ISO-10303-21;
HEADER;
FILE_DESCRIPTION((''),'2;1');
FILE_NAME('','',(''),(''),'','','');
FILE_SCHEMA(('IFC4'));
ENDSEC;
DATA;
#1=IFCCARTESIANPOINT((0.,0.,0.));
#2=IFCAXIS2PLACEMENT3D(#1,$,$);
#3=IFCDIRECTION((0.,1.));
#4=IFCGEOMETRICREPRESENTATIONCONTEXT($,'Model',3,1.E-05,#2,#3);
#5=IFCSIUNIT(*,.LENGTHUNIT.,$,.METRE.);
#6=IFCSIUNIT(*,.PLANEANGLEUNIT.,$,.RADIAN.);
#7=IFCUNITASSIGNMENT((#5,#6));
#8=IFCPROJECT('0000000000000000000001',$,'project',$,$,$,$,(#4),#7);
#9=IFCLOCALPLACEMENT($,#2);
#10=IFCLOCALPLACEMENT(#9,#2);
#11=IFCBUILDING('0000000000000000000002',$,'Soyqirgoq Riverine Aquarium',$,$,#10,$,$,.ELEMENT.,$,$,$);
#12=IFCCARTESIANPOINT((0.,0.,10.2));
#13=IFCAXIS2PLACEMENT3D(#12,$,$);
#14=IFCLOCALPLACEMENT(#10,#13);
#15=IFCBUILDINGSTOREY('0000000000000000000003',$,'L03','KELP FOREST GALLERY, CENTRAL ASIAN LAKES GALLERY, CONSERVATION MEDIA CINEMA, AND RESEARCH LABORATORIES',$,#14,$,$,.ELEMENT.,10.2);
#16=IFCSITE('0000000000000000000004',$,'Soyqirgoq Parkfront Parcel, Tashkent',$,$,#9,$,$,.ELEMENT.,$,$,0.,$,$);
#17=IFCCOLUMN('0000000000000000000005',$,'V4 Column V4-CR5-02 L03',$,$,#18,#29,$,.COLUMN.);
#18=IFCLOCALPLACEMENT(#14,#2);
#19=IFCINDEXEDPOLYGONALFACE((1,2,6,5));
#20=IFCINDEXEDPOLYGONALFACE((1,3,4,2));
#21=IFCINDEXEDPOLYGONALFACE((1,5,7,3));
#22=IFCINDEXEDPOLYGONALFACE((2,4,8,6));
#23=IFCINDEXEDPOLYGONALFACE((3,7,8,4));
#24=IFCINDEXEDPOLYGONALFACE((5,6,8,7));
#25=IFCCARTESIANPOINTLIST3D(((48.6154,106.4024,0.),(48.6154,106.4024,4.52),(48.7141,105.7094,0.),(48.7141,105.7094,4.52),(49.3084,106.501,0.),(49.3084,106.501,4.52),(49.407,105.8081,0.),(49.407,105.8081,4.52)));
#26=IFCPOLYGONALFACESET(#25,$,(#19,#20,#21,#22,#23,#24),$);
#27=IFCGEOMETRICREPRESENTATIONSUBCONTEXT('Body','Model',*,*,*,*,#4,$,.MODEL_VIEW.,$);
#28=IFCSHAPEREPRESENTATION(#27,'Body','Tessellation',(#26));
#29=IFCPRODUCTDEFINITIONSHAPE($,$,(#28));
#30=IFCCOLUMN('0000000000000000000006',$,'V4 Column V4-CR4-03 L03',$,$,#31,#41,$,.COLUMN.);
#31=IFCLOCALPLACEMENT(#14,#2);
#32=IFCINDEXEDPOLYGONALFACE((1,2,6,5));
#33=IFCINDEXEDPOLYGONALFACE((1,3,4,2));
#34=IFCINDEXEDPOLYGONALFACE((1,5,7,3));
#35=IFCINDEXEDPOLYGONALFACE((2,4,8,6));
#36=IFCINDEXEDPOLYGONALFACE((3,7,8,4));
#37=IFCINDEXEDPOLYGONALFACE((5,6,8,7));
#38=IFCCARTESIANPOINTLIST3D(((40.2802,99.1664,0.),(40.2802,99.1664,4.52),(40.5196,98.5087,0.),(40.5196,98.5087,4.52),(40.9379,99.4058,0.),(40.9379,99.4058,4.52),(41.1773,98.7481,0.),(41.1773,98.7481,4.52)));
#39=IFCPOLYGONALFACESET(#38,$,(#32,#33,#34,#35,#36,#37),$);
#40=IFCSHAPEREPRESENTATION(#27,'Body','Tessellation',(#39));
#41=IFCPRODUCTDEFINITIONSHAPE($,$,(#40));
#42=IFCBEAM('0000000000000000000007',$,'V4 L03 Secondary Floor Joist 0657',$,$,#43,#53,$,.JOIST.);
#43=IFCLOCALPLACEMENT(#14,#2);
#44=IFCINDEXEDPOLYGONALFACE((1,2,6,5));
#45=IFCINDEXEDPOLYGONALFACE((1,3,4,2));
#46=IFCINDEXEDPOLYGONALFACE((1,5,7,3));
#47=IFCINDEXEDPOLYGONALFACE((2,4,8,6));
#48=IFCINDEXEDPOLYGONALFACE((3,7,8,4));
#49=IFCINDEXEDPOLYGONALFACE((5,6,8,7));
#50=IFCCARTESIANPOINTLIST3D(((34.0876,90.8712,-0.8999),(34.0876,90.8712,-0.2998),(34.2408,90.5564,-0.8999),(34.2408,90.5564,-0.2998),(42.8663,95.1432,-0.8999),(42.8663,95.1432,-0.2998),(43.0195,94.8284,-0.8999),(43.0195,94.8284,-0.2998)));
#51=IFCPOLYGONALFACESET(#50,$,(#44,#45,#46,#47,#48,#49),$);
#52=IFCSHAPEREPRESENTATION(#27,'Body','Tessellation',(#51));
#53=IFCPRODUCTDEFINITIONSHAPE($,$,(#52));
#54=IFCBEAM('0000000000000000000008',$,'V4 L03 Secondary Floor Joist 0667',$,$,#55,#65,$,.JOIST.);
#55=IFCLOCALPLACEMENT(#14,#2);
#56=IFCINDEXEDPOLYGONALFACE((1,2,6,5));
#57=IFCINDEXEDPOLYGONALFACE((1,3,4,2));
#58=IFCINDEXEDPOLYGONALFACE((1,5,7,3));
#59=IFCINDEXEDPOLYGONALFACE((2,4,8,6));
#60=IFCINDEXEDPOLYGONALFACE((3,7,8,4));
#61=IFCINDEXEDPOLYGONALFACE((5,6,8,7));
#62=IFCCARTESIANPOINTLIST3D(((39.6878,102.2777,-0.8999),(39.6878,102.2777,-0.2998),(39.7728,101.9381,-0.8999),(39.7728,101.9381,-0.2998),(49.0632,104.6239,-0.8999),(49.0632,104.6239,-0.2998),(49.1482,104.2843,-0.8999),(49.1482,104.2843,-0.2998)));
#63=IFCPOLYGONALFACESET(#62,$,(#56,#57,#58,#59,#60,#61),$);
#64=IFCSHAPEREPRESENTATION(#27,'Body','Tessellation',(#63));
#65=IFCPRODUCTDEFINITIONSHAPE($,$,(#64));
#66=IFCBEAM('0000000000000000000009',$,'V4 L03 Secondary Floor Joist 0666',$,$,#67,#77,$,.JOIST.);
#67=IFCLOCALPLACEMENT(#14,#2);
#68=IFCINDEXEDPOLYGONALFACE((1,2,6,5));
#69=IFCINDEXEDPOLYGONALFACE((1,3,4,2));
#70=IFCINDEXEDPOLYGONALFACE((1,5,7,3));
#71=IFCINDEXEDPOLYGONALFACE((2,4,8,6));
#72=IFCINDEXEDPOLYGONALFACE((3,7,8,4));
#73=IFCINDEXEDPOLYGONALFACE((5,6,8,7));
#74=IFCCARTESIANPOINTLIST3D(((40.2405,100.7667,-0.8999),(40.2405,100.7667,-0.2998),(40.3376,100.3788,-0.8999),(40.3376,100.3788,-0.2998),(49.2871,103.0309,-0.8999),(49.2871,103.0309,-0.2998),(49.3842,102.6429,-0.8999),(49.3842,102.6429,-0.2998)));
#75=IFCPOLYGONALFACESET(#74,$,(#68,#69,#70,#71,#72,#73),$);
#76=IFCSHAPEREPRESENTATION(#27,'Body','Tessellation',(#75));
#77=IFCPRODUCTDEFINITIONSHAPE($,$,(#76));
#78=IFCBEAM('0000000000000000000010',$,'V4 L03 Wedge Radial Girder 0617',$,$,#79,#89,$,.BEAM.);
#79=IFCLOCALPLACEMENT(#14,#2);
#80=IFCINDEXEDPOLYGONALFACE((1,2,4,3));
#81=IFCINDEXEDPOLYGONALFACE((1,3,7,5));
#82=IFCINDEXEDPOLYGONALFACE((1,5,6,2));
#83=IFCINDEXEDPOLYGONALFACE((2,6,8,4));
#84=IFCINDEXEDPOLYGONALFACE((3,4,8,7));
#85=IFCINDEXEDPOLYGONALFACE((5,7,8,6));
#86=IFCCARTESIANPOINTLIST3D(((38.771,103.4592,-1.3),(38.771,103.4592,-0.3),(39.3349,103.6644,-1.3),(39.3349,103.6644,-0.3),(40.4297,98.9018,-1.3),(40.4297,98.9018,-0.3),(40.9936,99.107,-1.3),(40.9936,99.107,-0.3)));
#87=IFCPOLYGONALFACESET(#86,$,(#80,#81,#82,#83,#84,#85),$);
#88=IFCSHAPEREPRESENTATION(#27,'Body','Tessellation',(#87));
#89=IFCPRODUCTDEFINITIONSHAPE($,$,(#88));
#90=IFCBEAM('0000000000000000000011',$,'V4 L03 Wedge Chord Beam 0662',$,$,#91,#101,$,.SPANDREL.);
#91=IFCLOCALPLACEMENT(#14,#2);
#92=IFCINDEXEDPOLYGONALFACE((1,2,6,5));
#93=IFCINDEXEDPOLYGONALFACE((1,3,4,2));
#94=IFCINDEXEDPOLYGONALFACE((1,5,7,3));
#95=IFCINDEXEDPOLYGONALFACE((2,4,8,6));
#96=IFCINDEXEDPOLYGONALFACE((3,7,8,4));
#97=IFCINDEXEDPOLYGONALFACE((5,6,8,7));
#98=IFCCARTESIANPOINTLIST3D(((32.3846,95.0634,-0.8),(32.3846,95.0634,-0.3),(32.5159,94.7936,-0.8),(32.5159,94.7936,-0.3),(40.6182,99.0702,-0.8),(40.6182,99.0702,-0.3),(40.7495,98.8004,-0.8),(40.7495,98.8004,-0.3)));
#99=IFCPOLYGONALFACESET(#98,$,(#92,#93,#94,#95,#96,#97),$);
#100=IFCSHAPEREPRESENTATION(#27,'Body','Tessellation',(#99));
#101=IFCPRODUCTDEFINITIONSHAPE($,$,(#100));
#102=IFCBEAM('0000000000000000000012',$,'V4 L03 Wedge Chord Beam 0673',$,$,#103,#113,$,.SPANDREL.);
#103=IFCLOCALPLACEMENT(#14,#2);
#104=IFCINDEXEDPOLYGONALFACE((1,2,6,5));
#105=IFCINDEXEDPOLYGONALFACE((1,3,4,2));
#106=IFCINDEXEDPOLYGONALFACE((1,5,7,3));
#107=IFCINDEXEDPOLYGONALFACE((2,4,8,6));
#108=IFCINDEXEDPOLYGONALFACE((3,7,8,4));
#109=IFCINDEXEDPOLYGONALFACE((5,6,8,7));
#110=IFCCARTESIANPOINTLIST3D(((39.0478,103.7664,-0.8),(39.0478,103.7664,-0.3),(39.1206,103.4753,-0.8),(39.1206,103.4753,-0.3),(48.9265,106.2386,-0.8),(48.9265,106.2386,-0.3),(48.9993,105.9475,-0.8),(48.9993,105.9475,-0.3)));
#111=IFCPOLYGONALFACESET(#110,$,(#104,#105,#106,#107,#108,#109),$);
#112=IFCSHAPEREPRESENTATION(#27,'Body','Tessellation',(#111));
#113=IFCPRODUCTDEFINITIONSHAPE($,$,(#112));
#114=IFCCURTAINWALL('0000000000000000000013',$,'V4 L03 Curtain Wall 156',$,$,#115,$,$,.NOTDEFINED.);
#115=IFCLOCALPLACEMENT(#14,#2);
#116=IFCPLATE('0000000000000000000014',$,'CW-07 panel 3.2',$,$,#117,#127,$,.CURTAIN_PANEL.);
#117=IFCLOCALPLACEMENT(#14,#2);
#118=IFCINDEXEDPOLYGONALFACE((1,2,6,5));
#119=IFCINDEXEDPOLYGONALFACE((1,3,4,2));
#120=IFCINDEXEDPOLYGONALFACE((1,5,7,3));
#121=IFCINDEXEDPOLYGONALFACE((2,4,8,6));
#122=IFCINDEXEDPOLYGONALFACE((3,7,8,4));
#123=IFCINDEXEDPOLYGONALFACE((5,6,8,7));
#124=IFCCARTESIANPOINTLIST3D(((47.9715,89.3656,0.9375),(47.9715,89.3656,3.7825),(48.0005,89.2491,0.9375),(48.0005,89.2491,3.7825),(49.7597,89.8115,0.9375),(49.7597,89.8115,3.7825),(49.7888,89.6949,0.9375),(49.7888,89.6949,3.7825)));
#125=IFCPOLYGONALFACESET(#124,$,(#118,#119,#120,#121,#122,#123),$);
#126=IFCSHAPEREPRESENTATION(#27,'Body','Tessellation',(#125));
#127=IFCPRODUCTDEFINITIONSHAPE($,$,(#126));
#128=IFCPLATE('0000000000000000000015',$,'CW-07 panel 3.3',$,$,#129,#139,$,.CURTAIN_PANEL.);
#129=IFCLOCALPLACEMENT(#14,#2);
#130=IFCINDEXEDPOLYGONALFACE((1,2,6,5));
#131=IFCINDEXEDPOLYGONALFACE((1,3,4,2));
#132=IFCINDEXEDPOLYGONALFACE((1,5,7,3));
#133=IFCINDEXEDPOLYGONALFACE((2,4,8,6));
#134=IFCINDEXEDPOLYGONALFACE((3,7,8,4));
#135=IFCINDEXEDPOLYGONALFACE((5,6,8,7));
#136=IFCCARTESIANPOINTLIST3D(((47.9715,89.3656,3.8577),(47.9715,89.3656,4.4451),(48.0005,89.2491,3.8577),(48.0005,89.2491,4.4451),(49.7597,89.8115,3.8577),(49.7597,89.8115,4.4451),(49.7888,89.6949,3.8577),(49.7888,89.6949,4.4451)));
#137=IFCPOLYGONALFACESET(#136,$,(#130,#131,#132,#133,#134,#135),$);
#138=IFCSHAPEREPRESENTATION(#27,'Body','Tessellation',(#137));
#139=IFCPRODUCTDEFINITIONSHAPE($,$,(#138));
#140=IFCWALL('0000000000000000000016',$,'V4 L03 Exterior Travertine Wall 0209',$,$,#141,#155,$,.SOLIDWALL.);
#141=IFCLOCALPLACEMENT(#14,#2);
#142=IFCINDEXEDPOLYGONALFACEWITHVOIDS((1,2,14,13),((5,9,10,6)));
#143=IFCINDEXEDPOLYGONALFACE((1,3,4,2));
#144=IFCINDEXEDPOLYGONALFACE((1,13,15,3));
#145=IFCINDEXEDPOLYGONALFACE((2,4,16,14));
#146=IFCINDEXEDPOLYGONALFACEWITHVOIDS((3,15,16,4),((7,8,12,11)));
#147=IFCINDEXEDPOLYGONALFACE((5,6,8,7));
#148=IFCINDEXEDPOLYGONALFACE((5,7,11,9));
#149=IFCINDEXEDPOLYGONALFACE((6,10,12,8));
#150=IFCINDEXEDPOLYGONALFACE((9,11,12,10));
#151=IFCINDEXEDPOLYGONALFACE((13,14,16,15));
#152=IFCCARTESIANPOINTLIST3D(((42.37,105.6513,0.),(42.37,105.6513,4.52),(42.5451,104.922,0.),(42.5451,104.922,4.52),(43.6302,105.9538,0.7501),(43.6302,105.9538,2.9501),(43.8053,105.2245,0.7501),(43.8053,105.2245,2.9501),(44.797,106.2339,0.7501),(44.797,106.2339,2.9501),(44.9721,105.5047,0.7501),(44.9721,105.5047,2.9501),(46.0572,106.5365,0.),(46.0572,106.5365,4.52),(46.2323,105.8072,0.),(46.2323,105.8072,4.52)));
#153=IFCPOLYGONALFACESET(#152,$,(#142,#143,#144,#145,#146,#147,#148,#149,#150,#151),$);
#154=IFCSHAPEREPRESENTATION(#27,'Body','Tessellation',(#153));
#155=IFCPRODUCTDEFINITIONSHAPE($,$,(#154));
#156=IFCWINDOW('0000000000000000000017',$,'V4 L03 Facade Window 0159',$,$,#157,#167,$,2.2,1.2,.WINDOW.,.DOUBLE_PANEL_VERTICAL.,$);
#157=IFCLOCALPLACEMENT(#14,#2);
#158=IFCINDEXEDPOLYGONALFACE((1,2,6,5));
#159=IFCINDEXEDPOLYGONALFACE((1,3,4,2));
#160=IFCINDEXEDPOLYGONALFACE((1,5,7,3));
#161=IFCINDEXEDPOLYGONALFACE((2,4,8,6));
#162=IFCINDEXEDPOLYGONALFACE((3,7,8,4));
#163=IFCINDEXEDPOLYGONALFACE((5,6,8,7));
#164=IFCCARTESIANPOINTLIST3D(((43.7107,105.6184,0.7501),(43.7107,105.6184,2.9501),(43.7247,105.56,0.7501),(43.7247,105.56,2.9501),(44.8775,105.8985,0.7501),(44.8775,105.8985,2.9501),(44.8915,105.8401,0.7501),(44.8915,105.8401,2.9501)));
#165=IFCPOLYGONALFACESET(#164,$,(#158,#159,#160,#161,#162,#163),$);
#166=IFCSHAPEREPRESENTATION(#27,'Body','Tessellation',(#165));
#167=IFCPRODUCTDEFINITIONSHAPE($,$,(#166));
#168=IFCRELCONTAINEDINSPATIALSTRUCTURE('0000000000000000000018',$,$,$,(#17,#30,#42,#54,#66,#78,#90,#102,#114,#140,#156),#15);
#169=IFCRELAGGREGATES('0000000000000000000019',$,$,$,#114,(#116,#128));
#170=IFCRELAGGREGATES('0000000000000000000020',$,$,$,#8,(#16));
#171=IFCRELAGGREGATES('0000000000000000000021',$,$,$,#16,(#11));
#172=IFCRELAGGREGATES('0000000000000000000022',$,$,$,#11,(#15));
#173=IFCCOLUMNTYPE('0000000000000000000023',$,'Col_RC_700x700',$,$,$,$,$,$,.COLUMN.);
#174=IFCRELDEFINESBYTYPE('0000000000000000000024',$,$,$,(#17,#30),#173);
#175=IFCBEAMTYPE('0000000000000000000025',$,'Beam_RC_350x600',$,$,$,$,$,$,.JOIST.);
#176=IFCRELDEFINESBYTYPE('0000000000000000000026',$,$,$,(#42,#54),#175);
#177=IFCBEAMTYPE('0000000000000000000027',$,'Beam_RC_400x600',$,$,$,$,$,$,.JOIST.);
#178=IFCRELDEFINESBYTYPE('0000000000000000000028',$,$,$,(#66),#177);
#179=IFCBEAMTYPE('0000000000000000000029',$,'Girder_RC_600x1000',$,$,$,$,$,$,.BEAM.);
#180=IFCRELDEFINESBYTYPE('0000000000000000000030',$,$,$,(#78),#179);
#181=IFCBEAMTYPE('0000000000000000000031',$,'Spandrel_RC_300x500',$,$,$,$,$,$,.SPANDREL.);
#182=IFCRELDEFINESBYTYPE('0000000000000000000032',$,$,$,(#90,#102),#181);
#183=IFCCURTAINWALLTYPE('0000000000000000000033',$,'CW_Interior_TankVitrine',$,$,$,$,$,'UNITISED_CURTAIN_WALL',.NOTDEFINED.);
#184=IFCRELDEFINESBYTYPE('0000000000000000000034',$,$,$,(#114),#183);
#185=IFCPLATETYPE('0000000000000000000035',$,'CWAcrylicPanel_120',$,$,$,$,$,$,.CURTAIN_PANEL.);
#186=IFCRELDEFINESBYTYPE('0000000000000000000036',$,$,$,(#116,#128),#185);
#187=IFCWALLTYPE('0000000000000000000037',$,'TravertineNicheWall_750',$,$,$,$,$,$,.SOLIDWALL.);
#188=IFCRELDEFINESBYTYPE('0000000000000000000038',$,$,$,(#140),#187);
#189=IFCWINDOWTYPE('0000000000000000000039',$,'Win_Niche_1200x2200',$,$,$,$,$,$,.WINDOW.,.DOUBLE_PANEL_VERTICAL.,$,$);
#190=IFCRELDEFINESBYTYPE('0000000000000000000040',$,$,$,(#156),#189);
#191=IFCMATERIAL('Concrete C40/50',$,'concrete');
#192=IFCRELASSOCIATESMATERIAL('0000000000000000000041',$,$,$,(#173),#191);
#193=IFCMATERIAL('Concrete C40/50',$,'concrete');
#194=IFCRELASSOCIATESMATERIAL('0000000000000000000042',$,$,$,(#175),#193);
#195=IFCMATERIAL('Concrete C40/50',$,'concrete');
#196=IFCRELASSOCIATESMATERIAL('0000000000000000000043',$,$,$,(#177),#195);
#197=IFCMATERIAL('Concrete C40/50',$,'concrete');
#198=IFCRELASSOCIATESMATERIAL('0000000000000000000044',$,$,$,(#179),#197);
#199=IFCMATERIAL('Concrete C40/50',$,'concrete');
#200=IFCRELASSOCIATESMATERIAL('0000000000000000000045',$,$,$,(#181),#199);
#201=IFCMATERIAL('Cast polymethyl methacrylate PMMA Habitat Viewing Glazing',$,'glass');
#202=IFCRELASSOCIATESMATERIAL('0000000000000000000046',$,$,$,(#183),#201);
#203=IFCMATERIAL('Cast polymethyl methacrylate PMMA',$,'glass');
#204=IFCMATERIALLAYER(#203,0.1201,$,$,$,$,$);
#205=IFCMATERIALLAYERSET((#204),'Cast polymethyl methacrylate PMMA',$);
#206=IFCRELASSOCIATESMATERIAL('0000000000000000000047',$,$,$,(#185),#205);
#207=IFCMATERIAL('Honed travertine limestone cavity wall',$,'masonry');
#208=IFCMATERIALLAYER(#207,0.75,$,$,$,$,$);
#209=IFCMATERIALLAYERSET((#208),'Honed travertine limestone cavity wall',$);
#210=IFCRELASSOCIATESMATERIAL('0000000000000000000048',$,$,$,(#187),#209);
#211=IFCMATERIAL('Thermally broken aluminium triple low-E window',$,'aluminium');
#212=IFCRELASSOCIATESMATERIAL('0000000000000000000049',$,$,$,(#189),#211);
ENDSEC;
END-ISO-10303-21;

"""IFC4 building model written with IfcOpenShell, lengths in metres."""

from ifc_helpers import new_model, si_unit, direction, frame, frame_2d, origin, origin_2d, place, context, subcontext, project, spatial, rectangle, extrude, material, layer, layer_set, material_profile, profile_set, type_object, element, fill, aggregate, save


model = new_model("IFC4")

# Units and contexts
model_context = context("Model", 3, precision=1e-05, world=origin(), true_north=direction((0.0, 1.0)))
body_context = subcontext(model_context, "Body", "Model", "MODEL_VIEW")
ifc_project = project(units=[si_unit("LENGTHUNIT", "METRE"), si_unit("PLANEANGLEUNIT", "RADIAN")], contexts=[model_context])

# Site, building, storey
site_placement = place(None, origin())
site = spatial("IfcSite", under=ifc_project, at=site_placement, Name="Soyqirgoq Parkfront Parcel, Tashkent", CompositionType="ELEMENT", RefElevation=0.0)
building_placement = place(site_placement, origin())
building = spatial("IfcBuilding", under=site, at=building_placement, Name="Soyqirgoq Riverine Aquarium", CompositionType="ELEMENT")
storey_placement = place(building_placement, frame((0.0, 0.0, 10.2)))
storey = spatial("IfcBuildingStorey", under=building, at=storey_placement, Name="L03", Description="KELP FOREST GALLERY, CENTRAL ASIAN LAKES GALLERY, CONSERVATION MEDIA CINEMA, AND RESEARCH LABORATORIES", CompositionType="ELEMENT", Elevation=10.2)

# Columns
ifc_material_1 = material(Name="Concrete C40/50", Category="concrete")
ifc_material_profile_1 = material_profile(ifc_material_1, rectangle(XDim=0.7, YDim=0.7, at=origin_2d()), Name="RC 700x700")
ifc_profile_set_1 = profile_set([ifc_material_profile_1], Name="Concrete C40/50")
column_type = type_object("IfcColumnType", Name="Col_RC_700x700", PredefinedType="COLUMN", material=ifc_profile_set_1)
for number, where, z_axis, x_axis, name in (
    (1, (49.0112, 106.1052, 0.0), (0.0, 0.0, 1.0), (-0.140901, 0.990024, 0.0), "V4 Column V4-CR5-02 L03"),
    (2, (40.7288, 98.9573, 0.0), (0.0, 0.0, 1.0), (-0.34202, 0.939693, 0.0), "V4 Column V4-CR4-03 L03"),
):
    element("IfcColumn", number, at=place(storey_placement, frame(where, z_axis=z_axis, x_axis=x_axis)), inside=storey, type_object=column_type, Name=name, PredefinedType="COLUMN", context=body_context, shape_type="SweptSolid", body=[
        extrude(rectangle(XDim=0.7, YDim=0.7, at=origin_2d()), origin(), (0.0, 0.0, 1.0), 4.52),
    ])

# Beams
ifc_material_2 = material(Name="Concrete C40/50", Category="concrete")
ifc_material_profile_2 = material_profile(ifc_material_2, rectangle(XDim=0.3501, YDim=0.6001, at=origin_2d()), Name="RC 350x600")
ifc_profile_set_2 = profile_set([ifc_material_profile_2], Name="Concrete C40/50")
beam_type_1 = type_object("IfcBeamType", Name="Beam_RC_350x600", PredefinedType="JOIST", material=ifc_profile_set_2)
beam_1_placement = place(storey_placement, frame((42.9429, 94.9858, -0.5999), z_axis=(-0.899182, -0.437575, 0.0), x_axis=(0.437575, -0.899182, 0.0)))
element("IfcBeam", 3, at=beam_1_placement, inside=storey, type_object=beam_type_1, Name="V4 L03 Secondary Floor Joist 0657", PredefinedType="JOIST", context=body_context, shape_type="SweptSolid", body=[
    extrude(rectangle(XDim=0.3501, YDim=0.6001, at=origin_2d()), origin(), (0.0, 0.0, 1.0), 9.7629),
])
beam_2_placement = place(storey_placement, frame((49.1057, 104.4541, -0.5999), z_axis=(-0.970086, -0.242761, 0.0), x_axis=(0.242761, -0.970086, 0.0)))
element("IfcBeam", 4, at=beam_2_placement, inside=storey, type_object=beam_type_1, Name="V4 L03 Secondary Floor Joist 0667", PredefinedType="JOIST", context=body_context, shape_type="SweptSolid", body=[
    extrude(rectangle(XDim=0.3501, YDim=0.6001, at=origin_2d()), origin(), (0.0, 0.0, 1.0), 9.6646),
])
ifc_material_3 = material(Name="Concrete C40/50", Category="concrete")
ifc_material_profile_3 = material_profile(ifc_material_3, rectangle(XDim=0.3999, YDim=0.6001, at=origin_2d()), Name="RC 400x600")
ifc_profile_set_3 = profile_set([ifc_material_profile_3], Name="Concrete C40/50")
beam_type_2 = type_object("IfcBeamType", Name="Beam_RC_400x600", PredefinedType="JOIST", material=ifc_profile_set_3)
beam_3_placement = place(storey_placement, frame((49.3357, 102.8369, -0.5999), z_axis=(-0.970079, -0.242788, 0.0), x_axis=(0.242788, -0.970079, 0.0)))
element("IfcBeam", 5, at=beam_3_placement, inside=storey, type_object=beam_type_2, Name="V4 L03 Secondary Floor Joist 0666", PredefinedType="JOIST", context=body_context, shape_type="SweptSolid", body=[
    extrude(rectangle(XDim=0.3999, YDim=0.6001, at=origin_2d()), origin(), (0.0, 0.0, 1.0), 9.3257),
])
ifc_material_4 = material(Name="Concrete C40/50", Category="concrete")
ifc_material_profile_4 = material_profile(ifc_material_4, rectangle(XDim=0.6001, YDim=1.0, at=origin_2d()), Name="RC 600x1000")
ifc_profile_set_4 = profile_set([ifc_material_profile_4], Name="Concrete C40/50")
beam_type_3 = type_object("IfcBeamType", Name="Girder_RC_600x1000", PredefinedType="BEAM", material=ifc_profile_set_4)
beam_4_placement = place(storey_placement, frame((40.7117, 99.0044, -0.8), z_axis=(-0.34201, 0.939696, 0.0), x_axis=(-0.939696, -0.34201, 0.0)))
element("IfcBeam", 6, at=beam_4_placement, inside=storey, type_object=beam_type_3, Name="V4 L03 Wedge Radial Girder 0617", PredefinedType="BEAM", context=body_context, shape_type="SweptSolid", body=[
    extrude(rectangle(XDim=0.6001, YDim=1.0, at=origin_2d()), origin(), (0.0, 0.0, 1.0), 4.8499),
])
ifc_material_5 = material(Name="Concrete C40/50", Category="concrete")
ifc_material_profile_5 = material_profile(ifc_material_5, rectangle(XDim=0.3, YDim=0.5, at=origin_2d()), Name="RC 300x500")
ifc_profile_set_5 = profile_set([ifc_material_profile_5], Name="Concrete C40/50")
beam_type_4 = type_object("IfcBeamType", Name="Spandrel_RC_300x500", PredefinedType="SPANDREL", material=ifc_profile_set_5)
beam_5_placement = place(storey_placement, frame((40.6838, 98.9353, -0.55), z_axis=(-0.89918, -0.437579, 0.0), x_axis=(0.437579, -0.89918, 0.0)))
element("IfcBeam", 7, at=beam_5_placement, inside=storey, type_object=beam_type_4, Name="V4 L03 Wedge Chord Beam 0662", PredefinedType="SPANDREL", context=body_context, shape_type="SweptSolid", body=[
    extrude(rectangle(XDim=0.3, YDim=0.5, at=origin_2d()), origin(), (0.0, 0.0, 1.0), 9.1567),
])
beam_6_placement = place(storey_placement, frame((48.9629, 106.093, -0.55), z_axis=(-0.970085, -0.242767, 0.0), x_axis=(0.242767, -0.970085, 0.0)))
element("IfcBeam", 8, at=beam_6_placement, inside=storey, type_object=beam_type_4, Name="V4 L03 Wedge Chord Beam 0673", PredefinedType="SPANDREL", context=body_context, shape_type="SweptSolid", body=[
    extrude(rectangle(XDim=0.3, YDim=0.5, at=origin_2d()), origin(), (0.0, 0.0, 1.0), 10.1833),
])

# Curtain wall, plates
ifc_material_6 = material(Name="Cast polymethyl methacrylate PMMA Habitat Viewing Glazing", Category="glass")
curtain_wall_type = type_object("IfcCurtainWallType", Name="CW_Interior_TankVitrine", ElementType="UNITISED_CURTAIN_WALL", PredefinedType="NOTDEFINED", material=ifc_material_6)
curtain_wall_placement = place(storey_placement, origin())
curtain_wall = element("IfcCurtainWall", 9, at=curtain_wall_placement, inside=storey, type_object=curtain_wall_type, Name="V4 L03 Curtain Wall 156", PredefinedType="NOTDEFINED")
ifc_material_7 = material(Name="Cast polymethyl methacrylate PMMA", Category="glass")
ifc_layer_1 = layer(ifc_material_7, 0.1201)
ifc_layer_set_1 = layer_set([ifc_layer_1], Name="Cast polymethyl methacrylate PMMA")
plate_type = type_object("IfcPlateType", Name="CWAcrylicPanel_120", PredefinedType="CURTAIN_PANEL", material=ifc_layer_set_1)
plate_1_placement = place(storey_placement, frame((48.8801, 89.5303, 0.9375), z_axis=(0.0, 0.0, 1.0), x_axis=(-0.970295, -0.241926, 0.0)))
plate_1 = element("IfcPlate", 10, at=plate_1_placement, type_object=plate_type, Name="CW-07 panel 3.2", PredefinedType="CURTAIN_PANEL", context=body_context, shape_type="SweptSolid", body=[
    extrude(rectangle(XDim=1.843, YDim=0.1201, at=origin_2d()), origin(), (0.0, 0.0, 1.0), 2.845),
])
plate_2_placement = place(storey_placement, frame((48.8801, 89.5303, 3.8577), z_axis=(0.0, 0.0, 1.0), x_axis=(-0.970295, -0.241926, 0.0)))
plate_2 = element("IfcPlate", 11, at=plate_2_placement, type_object=plate_type, Name="CW-07 panel 3.3", PredefinedType="CURTAIN_PANEL", context=body_context, shape_type="SweptSolid", body=[
    extrude(rectangle(XDim=1.843, YDim=0.1201, at=origin_2d()), origin(), (0.0, 0.0, 1.0), 0.5874),
])
aggregate(curtain_wall, [plate_1, plate_2])

# Wall, opening, window
ifc_material_8 = material(Name="Honed travertine limestone cavity wall", Category="masonry")
ifc_layer_2 = layer(ifc_material_8, 0.75)
ifc_layer_set_2 = layer_set([ifc_layer_2], Name="Honed travertine limestone cavity wall")
wall_type = type_object("IfcWallType", Name="TravertineNicheWall_750", PredefinedType="SOLIDWALL", material=ifc_layer_set_2)
wall_1_placement = place(storey_placement, frame((42.4575, 105.2866, 0.0), z_axis=(0.0, 0.0, 1.0), x_axis=(0.972369, 0.233451, 0.0)))
wall_1 = element("IfcWall", 12, at=wall_1_placement, inside=storey, type_object=wall_type, Name="V4 L03 Exterior Travertine Wall 0209", PredefinedType="SOLIDWALL", context=body_context, shape_type="SweptSolid", body=[
    extrude(rectangle(XDim=3.792, YDim=0.75, at=frame_2d((1.896, 0.0))), origin(), (0.0, 0.0, 1.0), 4.52),
])
opening_1_placement = place(wall_1_placement, frame((1.2959, 0.0, 0.75)))
opening_1 = element("IfcOpeningElement", 13, at=opening_1_placement, cuts=wall_1, PredefinedType="OPENING", context=body_context, shape_type="SweptSolid", body=[
    extrude(rectangle(XDim=1.2, YDim=2.2, at=frame_2d((0.6001, 1.1001))), frame((0.0, 0.385, 0.0), z_axis=(0.0, -1.0, 0.0), x_axis=(1.0, 0.0, 0.0)), (0.0, 0.0, 1.0), 0.77),
])
ifc_material_9 = material(Name="Thermally broken aluminium triple low-E window", Category="aluminium")
window_type_1 = type_object("IfcWindowType", Name="Win_Niche_1200x2200", PartitioningType="DOUBLE_PANEL_VERTICAL", PredefinedType="WINDOW", material=ifc_material_9)
window_1_placement = place(opening_1_placement, origin())
window_1 = element("IfcWindow", 14, at=window_1_placement, inside=storey, type_object=window_type_1, Name="V4 L03 Facade Window 0159", OverallHeight=2.2, OverallWidth=1.2, PartitioningType="DOUBLE_PANEL_VERTICAL", PredefinedType="WINDOW", context=body_context, shape_type="SweptSolid", body=[
    extrude(rectangle(XDim=1.2, YDim=2.2, at=frame_2d((0.6001, 1.1001))), frame((0.0, 0.03, 0.0), z_axis=(0.0, -1.0, 0.0), x_axis=(1.0, 0.0, 0.0)), (0.0, 0.0, 1.0), 0.0601),
])
fill(opening_1, window_1)

save(model, "model.ifc")
